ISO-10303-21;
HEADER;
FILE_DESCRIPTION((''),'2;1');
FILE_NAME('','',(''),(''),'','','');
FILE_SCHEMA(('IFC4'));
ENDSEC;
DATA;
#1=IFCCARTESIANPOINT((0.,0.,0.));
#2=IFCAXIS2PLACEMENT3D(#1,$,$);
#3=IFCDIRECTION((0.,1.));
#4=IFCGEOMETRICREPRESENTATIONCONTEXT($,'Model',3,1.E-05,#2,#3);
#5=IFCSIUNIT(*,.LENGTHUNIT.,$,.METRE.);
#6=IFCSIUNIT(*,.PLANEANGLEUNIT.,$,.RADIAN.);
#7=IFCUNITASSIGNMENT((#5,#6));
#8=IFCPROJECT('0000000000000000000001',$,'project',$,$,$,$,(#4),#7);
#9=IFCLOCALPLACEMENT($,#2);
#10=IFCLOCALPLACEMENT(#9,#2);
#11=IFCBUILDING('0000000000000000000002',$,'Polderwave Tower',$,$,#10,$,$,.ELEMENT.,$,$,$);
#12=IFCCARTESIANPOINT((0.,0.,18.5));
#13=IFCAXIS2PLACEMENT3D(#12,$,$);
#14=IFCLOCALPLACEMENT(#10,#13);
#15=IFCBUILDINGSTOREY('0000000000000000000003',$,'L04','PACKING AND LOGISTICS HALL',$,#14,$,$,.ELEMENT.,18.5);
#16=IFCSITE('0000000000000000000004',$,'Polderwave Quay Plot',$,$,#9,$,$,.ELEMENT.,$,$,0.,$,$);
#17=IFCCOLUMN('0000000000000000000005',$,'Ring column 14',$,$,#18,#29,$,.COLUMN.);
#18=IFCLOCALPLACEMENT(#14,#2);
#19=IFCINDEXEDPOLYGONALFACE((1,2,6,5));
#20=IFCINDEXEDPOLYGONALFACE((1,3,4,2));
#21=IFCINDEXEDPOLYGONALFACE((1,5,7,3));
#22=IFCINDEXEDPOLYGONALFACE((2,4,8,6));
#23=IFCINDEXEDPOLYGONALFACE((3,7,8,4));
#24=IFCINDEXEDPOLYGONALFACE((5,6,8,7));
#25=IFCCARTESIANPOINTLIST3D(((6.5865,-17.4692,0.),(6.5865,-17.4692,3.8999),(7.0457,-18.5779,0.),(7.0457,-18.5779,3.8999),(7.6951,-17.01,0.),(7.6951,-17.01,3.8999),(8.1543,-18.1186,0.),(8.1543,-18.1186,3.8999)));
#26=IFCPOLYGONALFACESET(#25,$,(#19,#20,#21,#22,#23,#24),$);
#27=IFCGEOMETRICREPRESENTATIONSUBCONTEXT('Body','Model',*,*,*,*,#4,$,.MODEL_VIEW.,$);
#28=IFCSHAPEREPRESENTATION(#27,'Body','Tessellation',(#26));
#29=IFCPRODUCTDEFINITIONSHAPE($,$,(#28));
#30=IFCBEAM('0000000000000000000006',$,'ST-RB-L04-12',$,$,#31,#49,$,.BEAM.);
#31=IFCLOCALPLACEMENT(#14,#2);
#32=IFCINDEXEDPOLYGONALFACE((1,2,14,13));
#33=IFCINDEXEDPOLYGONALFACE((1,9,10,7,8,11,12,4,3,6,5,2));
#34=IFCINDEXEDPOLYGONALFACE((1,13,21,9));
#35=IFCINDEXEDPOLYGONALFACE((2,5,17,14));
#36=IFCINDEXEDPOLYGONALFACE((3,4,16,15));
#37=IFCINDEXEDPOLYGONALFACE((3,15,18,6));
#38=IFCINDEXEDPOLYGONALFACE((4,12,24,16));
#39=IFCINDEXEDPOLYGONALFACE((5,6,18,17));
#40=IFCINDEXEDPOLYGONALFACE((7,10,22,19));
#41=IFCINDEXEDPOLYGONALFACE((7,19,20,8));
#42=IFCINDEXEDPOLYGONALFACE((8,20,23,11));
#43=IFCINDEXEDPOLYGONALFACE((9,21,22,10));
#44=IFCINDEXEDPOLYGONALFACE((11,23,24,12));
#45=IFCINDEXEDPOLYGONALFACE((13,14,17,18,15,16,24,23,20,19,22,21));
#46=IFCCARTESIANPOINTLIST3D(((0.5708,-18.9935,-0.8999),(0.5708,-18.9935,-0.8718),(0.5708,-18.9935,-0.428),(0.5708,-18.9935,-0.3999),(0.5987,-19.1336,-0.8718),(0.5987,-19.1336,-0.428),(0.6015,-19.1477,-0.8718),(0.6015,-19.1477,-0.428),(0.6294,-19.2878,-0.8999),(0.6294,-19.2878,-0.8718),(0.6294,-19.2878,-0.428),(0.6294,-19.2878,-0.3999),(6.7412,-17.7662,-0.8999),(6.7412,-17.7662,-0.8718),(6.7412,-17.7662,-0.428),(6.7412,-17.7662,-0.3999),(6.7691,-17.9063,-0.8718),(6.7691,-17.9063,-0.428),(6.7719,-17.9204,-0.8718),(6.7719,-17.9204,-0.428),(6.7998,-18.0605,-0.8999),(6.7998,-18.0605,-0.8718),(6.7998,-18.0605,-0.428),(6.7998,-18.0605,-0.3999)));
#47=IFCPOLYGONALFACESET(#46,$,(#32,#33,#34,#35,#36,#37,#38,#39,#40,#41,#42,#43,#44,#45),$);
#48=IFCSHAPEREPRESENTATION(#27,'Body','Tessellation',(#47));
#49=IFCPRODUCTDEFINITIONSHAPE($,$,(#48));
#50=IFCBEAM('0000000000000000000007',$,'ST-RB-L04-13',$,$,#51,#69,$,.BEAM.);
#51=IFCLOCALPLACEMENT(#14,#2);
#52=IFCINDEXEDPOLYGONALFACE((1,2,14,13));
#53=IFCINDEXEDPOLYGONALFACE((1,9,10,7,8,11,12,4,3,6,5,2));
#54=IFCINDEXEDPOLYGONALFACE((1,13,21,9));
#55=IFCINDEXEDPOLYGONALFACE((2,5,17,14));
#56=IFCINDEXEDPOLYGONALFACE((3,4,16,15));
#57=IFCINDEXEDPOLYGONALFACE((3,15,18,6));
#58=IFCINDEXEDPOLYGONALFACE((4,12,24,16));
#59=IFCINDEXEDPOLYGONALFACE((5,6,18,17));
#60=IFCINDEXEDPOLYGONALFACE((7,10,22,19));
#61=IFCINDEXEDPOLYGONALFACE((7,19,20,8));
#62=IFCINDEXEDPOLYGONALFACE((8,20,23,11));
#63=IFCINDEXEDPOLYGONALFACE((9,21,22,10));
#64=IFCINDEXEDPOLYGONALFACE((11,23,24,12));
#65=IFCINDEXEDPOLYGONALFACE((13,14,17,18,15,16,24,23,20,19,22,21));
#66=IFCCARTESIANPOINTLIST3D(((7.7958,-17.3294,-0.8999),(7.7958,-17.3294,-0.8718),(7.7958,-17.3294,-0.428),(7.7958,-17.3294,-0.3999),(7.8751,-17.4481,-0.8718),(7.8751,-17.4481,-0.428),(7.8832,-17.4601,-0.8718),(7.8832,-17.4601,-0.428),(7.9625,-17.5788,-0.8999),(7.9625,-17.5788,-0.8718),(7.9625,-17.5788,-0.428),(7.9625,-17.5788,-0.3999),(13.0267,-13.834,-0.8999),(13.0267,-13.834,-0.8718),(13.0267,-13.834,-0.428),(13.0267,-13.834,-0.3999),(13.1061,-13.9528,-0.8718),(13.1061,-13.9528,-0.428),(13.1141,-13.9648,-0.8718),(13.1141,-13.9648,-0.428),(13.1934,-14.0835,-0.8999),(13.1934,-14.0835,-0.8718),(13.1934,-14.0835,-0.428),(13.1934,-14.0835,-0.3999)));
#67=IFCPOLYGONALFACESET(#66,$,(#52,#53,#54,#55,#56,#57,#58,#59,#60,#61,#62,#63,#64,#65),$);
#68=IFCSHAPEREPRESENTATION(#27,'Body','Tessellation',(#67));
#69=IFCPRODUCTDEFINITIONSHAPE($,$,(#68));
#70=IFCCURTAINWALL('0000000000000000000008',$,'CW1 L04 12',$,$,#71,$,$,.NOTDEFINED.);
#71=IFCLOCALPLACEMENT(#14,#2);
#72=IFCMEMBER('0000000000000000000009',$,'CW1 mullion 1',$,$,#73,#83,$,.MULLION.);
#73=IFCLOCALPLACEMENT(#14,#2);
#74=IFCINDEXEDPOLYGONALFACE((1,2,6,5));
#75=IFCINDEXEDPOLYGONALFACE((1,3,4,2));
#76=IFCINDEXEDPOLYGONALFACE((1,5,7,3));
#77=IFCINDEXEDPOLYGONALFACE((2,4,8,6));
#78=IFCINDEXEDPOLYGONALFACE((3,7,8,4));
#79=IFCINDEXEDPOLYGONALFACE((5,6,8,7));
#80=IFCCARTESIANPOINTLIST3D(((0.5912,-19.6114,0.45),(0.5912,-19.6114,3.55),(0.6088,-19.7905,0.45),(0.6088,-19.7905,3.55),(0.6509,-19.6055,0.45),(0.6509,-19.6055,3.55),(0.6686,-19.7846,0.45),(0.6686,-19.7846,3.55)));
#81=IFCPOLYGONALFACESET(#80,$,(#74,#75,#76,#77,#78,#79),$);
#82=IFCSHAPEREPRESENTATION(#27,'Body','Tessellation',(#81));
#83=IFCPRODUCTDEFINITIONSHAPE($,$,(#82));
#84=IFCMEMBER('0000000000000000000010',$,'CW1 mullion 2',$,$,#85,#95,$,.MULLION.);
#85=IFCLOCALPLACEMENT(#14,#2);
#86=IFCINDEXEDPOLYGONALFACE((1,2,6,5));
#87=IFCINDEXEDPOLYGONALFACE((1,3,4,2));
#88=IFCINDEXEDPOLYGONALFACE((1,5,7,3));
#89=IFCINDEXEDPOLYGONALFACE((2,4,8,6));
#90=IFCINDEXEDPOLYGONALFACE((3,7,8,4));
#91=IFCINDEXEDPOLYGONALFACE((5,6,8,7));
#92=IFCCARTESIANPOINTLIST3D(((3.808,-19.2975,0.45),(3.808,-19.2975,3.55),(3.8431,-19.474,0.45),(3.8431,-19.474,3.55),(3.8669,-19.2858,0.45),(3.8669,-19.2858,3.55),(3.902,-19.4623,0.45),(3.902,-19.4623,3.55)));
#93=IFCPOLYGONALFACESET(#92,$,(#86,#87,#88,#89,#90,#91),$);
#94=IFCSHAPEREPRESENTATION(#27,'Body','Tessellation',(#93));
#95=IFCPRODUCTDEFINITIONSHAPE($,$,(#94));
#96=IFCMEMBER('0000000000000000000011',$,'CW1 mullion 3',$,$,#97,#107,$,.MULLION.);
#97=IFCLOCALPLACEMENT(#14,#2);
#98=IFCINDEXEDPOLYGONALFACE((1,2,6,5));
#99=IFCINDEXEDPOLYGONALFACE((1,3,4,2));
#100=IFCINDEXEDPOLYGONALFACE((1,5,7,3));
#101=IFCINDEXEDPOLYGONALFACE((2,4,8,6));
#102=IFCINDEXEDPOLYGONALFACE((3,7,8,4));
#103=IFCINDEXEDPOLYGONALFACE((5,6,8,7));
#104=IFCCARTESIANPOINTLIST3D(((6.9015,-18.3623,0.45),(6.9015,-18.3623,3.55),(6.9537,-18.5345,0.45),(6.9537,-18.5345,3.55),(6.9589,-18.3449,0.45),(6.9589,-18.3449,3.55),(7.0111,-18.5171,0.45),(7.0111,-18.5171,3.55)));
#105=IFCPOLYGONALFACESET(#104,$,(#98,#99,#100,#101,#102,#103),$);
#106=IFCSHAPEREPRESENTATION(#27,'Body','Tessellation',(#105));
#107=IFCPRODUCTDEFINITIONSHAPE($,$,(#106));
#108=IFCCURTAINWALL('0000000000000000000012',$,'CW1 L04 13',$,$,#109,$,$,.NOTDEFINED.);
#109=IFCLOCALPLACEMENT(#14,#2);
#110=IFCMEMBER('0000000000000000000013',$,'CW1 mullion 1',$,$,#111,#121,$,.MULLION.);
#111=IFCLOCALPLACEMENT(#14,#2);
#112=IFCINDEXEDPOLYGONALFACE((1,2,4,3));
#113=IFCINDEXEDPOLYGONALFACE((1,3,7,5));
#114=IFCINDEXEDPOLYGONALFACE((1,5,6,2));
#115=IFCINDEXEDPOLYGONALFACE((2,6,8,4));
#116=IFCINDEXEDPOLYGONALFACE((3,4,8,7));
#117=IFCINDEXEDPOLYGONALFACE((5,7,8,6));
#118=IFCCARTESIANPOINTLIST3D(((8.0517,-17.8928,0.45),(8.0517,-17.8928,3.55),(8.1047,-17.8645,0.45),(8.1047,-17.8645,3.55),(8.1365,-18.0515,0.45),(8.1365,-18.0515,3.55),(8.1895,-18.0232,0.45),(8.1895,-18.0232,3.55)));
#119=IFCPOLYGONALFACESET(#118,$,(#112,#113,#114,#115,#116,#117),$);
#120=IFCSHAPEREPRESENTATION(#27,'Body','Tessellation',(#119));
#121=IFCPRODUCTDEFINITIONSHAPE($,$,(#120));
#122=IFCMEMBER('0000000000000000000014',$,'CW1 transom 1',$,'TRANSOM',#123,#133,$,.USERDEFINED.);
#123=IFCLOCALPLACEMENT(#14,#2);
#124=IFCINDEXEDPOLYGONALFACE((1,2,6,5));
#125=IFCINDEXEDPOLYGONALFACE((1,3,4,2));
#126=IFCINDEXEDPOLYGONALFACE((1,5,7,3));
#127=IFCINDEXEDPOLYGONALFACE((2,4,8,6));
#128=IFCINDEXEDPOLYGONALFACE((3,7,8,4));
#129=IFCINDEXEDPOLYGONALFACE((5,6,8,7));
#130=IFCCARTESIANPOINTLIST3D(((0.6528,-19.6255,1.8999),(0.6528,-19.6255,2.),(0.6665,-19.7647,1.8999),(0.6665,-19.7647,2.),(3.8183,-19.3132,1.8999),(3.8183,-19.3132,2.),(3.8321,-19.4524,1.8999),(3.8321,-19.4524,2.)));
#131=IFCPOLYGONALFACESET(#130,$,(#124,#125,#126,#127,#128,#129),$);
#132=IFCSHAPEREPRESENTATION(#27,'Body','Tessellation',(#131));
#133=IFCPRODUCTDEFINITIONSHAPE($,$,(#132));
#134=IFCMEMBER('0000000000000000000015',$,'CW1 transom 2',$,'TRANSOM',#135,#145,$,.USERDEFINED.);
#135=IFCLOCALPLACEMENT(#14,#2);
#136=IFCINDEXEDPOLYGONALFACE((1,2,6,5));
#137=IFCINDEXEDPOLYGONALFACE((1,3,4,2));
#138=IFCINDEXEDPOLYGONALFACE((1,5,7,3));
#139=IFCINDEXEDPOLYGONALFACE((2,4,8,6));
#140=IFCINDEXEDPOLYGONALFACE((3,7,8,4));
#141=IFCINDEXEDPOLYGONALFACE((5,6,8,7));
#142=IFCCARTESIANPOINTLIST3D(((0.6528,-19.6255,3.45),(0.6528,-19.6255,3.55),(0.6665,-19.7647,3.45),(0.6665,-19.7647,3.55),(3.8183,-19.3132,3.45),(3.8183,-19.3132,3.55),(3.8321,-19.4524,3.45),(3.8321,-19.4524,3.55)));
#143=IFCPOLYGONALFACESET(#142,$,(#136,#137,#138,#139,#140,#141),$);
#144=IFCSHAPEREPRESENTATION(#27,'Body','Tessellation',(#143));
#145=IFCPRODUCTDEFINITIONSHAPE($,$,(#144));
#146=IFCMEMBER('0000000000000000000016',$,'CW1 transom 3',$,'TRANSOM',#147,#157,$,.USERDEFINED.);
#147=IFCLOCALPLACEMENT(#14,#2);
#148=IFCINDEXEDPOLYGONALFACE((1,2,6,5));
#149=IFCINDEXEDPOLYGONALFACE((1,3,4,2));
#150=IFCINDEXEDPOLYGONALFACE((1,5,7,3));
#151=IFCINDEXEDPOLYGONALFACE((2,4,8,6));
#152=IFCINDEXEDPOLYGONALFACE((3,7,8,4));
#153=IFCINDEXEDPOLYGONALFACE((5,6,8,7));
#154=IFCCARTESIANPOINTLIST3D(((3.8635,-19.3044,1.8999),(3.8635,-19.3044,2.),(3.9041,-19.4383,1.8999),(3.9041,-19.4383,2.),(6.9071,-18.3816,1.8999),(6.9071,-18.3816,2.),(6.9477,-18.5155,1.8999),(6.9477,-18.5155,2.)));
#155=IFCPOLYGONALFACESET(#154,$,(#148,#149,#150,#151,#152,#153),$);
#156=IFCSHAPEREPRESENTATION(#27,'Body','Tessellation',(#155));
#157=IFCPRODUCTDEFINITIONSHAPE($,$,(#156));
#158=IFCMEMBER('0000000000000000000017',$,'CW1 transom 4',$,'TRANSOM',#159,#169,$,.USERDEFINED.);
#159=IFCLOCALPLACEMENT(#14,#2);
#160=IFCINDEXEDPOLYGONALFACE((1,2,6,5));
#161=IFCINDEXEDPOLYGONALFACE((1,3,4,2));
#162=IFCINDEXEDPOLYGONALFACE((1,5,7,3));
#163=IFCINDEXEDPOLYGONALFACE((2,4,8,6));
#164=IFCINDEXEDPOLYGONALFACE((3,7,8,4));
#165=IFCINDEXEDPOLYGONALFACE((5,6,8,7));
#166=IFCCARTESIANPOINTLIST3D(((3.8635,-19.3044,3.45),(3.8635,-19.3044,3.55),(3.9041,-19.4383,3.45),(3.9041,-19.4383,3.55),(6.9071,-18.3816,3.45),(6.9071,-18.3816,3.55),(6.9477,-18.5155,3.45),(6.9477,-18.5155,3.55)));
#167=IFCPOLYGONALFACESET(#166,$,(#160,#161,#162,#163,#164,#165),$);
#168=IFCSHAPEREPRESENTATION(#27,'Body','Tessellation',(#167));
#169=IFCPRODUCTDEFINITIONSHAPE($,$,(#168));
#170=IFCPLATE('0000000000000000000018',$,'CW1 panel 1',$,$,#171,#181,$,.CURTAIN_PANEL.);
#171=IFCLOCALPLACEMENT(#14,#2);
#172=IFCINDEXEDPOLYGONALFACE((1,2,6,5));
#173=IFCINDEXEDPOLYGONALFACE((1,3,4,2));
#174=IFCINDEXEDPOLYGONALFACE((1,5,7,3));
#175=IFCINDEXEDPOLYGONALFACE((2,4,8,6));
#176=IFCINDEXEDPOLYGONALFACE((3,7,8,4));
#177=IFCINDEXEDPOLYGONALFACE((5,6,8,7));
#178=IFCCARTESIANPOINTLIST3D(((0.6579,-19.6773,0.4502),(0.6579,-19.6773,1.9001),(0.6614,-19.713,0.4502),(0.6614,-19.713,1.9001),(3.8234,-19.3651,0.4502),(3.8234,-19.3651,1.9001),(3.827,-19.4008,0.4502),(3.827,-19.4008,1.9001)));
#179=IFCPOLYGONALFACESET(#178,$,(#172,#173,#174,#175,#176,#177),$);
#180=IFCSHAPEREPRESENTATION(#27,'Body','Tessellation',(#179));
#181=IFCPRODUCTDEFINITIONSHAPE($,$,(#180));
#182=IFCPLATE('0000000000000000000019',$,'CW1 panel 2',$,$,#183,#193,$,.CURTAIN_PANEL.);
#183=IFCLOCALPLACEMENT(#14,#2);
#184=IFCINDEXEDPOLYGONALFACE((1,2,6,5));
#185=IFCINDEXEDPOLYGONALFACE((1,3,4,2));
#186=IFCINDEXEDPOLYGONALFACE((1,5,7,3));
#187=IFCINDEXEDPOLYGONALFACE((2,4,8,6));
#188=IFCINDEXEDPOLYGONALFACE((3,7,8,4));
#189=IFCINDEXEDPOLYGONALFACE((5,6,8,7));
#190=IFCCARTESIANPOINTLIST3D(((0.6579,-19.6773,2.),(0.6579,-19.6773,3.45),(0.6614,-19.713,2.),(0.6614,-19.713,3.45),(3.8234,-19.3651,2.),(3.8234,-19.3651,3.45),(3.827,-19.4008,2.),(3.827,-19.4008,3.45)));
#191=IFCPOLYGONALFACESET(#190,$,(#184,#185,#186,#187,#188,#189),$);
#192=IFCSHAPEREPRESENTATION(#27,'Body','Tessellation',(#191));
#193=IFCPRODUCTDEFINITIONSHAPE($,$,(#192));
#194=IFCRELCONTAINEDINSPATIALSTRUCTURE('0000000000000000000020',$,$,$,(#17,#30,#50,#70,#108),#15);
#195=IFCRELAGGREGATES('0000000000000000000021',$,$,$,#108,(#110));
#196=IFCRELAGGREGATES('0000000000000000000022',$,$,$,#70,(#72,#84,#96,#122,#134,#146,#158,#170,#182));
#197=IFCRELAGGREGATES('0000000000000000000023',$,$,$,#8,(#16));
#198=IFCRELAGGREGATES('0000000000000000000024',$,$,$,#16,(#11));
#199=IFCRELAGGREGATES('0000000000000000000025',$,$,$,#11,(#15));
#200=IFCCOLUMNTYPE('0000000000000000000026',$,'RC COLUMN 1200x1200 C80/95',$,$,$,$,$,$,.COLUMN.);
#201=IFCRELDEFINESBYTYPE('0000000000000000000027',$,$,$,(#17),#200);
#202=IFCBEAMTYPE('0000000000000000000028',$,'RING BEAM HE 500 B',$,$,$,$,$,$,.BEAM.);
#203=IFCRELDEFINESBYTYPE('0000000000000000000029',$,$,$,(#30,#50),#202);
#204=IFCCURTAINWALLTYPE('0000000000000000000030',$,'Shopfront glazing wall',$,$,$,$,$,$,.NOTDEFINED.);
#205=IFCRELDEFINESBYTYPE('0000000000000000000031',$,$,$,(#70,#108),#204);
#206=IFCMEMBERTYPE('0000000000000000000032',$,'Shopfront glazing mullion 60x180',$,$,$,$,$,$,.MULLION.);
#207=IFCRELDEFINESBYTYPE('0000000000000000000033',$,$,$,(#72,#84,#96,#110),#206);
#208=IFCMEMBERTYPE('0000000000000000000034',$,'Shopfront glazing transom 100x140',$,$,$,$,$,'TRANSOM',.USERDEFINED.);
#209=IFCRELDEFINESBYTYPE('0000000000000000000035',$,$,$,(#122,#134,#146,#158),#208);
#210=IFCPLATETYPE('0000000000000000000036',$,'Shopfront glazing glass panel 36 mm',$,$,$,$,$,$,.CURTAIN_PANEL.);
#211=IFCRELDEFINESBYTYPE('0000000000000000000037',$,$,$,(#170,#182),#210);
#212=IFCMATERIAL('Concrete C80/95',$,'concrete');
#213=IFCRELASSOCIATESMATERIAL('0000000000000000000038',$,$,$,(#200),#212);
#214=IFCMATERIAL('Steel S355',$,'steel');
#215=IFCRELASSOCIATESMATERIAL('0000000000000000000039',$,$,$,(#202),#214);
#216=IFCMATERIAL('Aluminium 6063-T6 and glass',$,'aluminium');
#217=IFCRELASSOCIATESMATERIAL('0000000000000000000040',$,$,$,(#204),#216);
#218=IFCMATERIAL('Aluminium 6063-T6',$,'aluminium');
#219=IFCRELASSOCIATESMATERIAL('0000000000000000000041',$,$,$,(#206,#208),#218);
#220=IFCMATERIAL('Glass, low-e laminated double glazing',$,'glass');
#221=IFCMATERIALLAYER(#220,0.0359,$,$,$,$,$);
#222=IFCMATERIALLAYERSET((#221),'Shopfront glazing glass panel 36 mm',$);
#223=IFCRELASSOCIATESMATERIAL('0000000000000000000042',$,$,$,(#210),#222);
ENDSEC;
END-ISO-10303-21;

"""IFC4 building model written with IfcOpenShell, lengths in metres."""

from ifc_helpers import new_model, si_unit, direction, frame, origin, origin_2d, place, context, subcontext, project, spatial, rectangle, i_section, extrude, material, layer, layer_set, material_profile, profile_set, type_object, element, aggregate, save


model = new_model("IFC4")

# Units and contexts
model_context = context("Model", 3, precision=1e-05, world=origin(), true_north=direction((0.0, 1.0)))
body_context = subcontext(model_context, "Body", "Model", "MODEL_VIEW")
ifc_project = project(units=[si_unit("LENGTHUNIT", "METRE"), si_unit("PLANEANGLEUNIT", "RADIAN")], contexts=[model_context])

# Site, building, storey
site_placement = place(None, origin())
site = spatial("IfcSite", under=ifc_project, at=site_placement, Name="Polderwave Quay Plot", CompositionType="ELEMENT", RefElevation=0.0)
building_placement = place(site_placement, origin())
building = spatial("IfcBuilding", under=site, at=building_placement, Name="Polderwave Tower", CompositionType="ELEMENT")
storey_placement = place(building_placement, frame((0.0, 0.0, 18.5)))
storey = spatial("IfcBuildingStorey", under=building, at=storey_placement, Name="L04", Description="PACKING AND LOGISTICS HALL", CompositionType="ELEMENT", Elevation=18.5)

# Column
ifc_material_1 = material(Name="Concrete C80/95", Category="concrete")
ifc_material_profile_1 = material_profile(ifc_material_1, rectangle(XDim=1.2, YDim=1.2, at=origin_2d()), Name="RC 1200x1200")
ifc_profile_set_1 = profile_set([ifc_material_profile_1], Name="Concrete C80/95")
column_type = type_object("IfcColumnType", Name="RC COLUMN 1200x1200 C80/95", PredefinedType="COLUMN", material=ifc_profile_set_1)
column_placement = place(storey_placement, frame((7.3704, -17.7939, 0.0), z_axis=(0.0, 0.0, 1.0), x_axis=(0.382683, -0.92388, 0.0)))
element("IfcColumn", 1, at=column_placement, inside=storey, type_object=column_type, Name="Ring column 14", PredefinedType="COLUMN", context=body_context, shape_type="SweptSolid", body=[
    extrude(rectangle(XDim=1.2, YDim=1.2, at=origin_2d()), origin(), (0.0, 0.0, 1.0), 3.8999),
])

# Beams
ifc_material_2 = material(Name="Steel S355", Category="steel")
ifc_material_profile_2 = material_profile(ifc_material_2, i_section(OverallWidth=0.3, OverallDepth=0.5, WebThickness=0.0144, FlangeThickness=0.0281, at=origin_2d()), Name="HE 500 B")
ifc_profile_set_2 = profile_set([ifc_material_profile_2], Name="Steel S355")
beam_type = type_object("IfcBeamType", Name="RING BEAM HE 500 B", PredefinedType="BEAM", material=ifc_profile_set_2)
for number, where, z_axis, x_axis, name in (
    (2, (0.6001, -19.1406, -0.6499), (0.980788, 0.195079, 0.0), (-0.195079, 0.980788, 0.0), "ST-RB-L04-12"),
    (3, (7.8792, -17.4541, -0.6499), (0.831459, 0.555586, 0.0), (-0.555586, 0.831459, 0.0), "ST-RB-L04-13"),
):
    element("IfcBeam", number, at=place(storey_placement, frame(where, z_axis=z_axis, x_axis=x_axis)), inside=storey, type_object=beam_type, Name=name, PredefinedType="BEAM", context=body_context, shape_type="SweptSolid", body=[
        extrude(i_section(OverallWidth=0.3, OverallDepth=0.5, WebThickness=0.0144, FlangeThickness=0.0281, at=origin_2d()), origin(), (0.0, 0.0, 1.0), 6.2913),
    ])

# Curtain wall, members
ifc_material_3 = material(Name="Aluminium 6063-T6 and glass", Category="aluminium")
curtain_wall_type = type_object("IfcCurtainWallType", Name="Shopfront glazing wall", PredefinedType="NOTDEFINED", material=ifc_material_3)
curtain_wall_1_placement = place(storey_placement, origin())
curtain_wall_1 = element("IfcCurtainWall", 4, at=curtain_wall_1_placement, inside=storey, type_object=curtain_wall_type, Name="CW1 L04 12", PredefinedType="NOTDEFINED")
ifc_material_4 = material(Name="Aluminium 6063-T6", Category="aluminium")
ifc_material_profile_3 = material_profile(ifc_material_4, rectangle(XDim=0.1799, YDim=0.0601, at=origin_2d()), Name="AL 60x180")
ifc_profile_set_3 = profile_set([ifc_material_profile_3], Name="Aluminium 6063-T6")
member_type_1 = type_object("IfcMemberType", Name="Shopfront glazing mullion 60x180", PredefinedType="MULLION", material=ifc_profile_set_3)
member_1_placement = place(storey_placement, frame((0.6299, -19.698, 0.45), z_axis=(0.0, 0.0, 1.0), x_axis=(-0.098142, 0.995172, 0.0)))
member_1 = element("IfcMember", 5, at=member_1_placement, type_object=member_type_1, Name="CW1 mullion 1", PredefinedType="MULLION", context=body_context, shape_type="SweptSolid", body=[
    extrude(rectangle(XDim=0.1799, YDim=0.0601, at=origin_2d()), origin(), (0.0, 0.0, 1.0), 3.1001),
])
member_2_placement = place(storey_placement, frame((3.855, -19.3799, 0.45), z_axis=(0.0, 0.0, 1.0), x_axis=(-0.195083, 0.980787, 0.0)))
member_2 = element("IfcMember", 6, at=member_2_placement, type_object=member_type_1, Name="CW1 mullion 2", PredefinedType="MULLION", context=body_context, shape_type="SweptSolid", body=[
    extrude(rectangle(XDim=0.1799, YDim=0.0601, at=origin_2d()), origin(), (0.0, 0.0, 1.0), 3.1001),
])
member_3_placement = place(storey_placement, frame((6.9563, -18.4397, 0.45), z_axis=(0.0, 0.0, 1.0), x_axis=(-0.290151, 0.956981, 0.0)))
member_3 = element("IfcMember", 7, at=member_3_placement, type_object=member_type_1, Name="CW1 mullion 3", PredefinedType="MULLION", context=body_context, shape_type="SweptSolid", body=[
    extrude(rectangle(XDim=0.1799, YDim=0.0601, at=origin_2d()), origin(), (0.0, 0.0, 1.0), 3.1001),
])

# Curtain wall, member
curtain_wall_2_placement = place(storey_placement, origin())
curtain_wall_2 = element("IfcCurtainWall", 8, at=curtain_wall_2_placement, inside=storey, type_object=curtain_wall_type, Name="CW1 L04 13", PredefinedType="NOTDEFINED")
member_4_placement = place(storey_placement, frame((8.1206, -17.958, 0.45), z_axis=(0.0, 0.0, 1.0), x_axis=(-0.471509, 0.881861, 0.0)))
member_4 = element("IfcMember", 9, at=member_4_placement, type_object=member_type_1, Name="CW1 mullion 1", PredefinedType="MULLION", context=body_context, shape_type="SweptSolid", body=[
    extrude(rectangle(XDim=0.1799, YDim=0.0601, at=origin_2d()), origin(), (0.0, 0.0, 1.0), 3.1001),
])
aggregate(curtain_wall_2, [member_4])

# Members
ifc_material_profile_4 = material_profile(ifc_material_4, rectangle(XDim=0.1399, YDim=0.1001, at=origin_2d()), Name="AL 100x140")
ifc_profile_set_4 = profile_set([ifc_material_profile_4], Name="Aluminium 6063-T6")
member_type_2 = type_object("IfcMemberType", Name="Shopfront glazing transom 100x140", ElementType="TRANSOM", PredefinedType="USERDEFINED", material=ifc_profile_set_4)
member_5_placement = place(storey_placement, frame((0.6597, -19.6951, 1.95), z_axis=(0.99517, 0.098166, 0.0), x_axis=(-0.098166, 0.99517, 0.0)))
member_5 = element("IfcMember", 10, at=member_5_placement, type_object=member_type_2, Name="CW1 transom 1", ObjectType="TRANSOM", PredefinedType="USERDEFINED", context=body_context, shape_type="SweptSolid", body=[
    extrude(rectangle(XDim=0.1399, YDim=0.1001, at=origin_2d()), origin(), (0.0, 0.0, 1.0), 3.1809),
])
member_6_placement = place(storey_placement, frame((0.6597, -19.6951, 3.5), z_axis=(0.99517, 0.098166, 0.0), x_axis=(-0.098166, 0.99517, 0.0)))
member_6 = element("IfcMember", 11, at=member_6_placement, type_object=member_type_2, Name="CW1 transom 2", ObjectType="TRANSOM", PredefinedType="USERDEFINED", context=body_context, shape_type="SweptSolid", body=[
    extrude(rectangle(XDim=0.1399, YDim=0.1001, at=origin_2d()), origin(), (0.0, 0.0, 1.0), 3.1809),
])
member_7_placement = place(storey_placement, frame((3.8838, -19.3713, 1.95), z_axis=(0.956979, 0.290157, 0.0), x_axis=(-0.290157, 0.956979, 0.0)))
member_7 = element("IfcMember", 12, at=member_7_placement, type_object=member_type_2, Name="CW1 transom 3", ObjectType="TRANSOM", PredefinedType="USERDEFINED", context=body_context, shape_type="SweptSolid", body=[
    extrude(rectangle(XDim=0.1399, YDim=0.1001, at=origin_2d()), origin(), (0.0, 0.0, 1.0), 3.1804),
])
member_8_placement = place(storey_placement, frame((3.8838, -19.3713, 3.5), z_axis=(0.956979, 0.290157, 0.0), x_axis=(-0.290157, 0.956979, 0.0)))
member_8 = element("IfcMember", 13, at=member_8_placement, type_object=member_type_2, Name="CW1 transom 4", ObjectType="TRANSOM", PredefinedType="USERDEFINED", context=body_context, shape_type="SweptSolid", body=[
    extrude(rectangle(XDim=0.1399, YDim=0.1001, at=origin_2d()), origin(), (0.0, 0.0, 1.0), 3.1804),
])

# Plates
ifc_material_5 = material(Name="Glass, low-e laminated double glazing", Category="glass")
ifc_layer_1 = layer(ifc_material_5, 0.0359)
ifc_layer_set_1 = layer_set([ifc_layer_1], Name="Shopfront glazing glass panel 36 mm")
plate_type = type_object("IfcPlateType", Name="Shopfront glazing glass panel 36 mm", PredefinedType="CURTAIN_PANEL", material=ifc_layer_set_1)
plate_1_placement = place(storey_placement, frame((2.2424, -19.5391, 0.4502), z_axis=(0.0, 0.0, 1.0), x_axis=(0.995172, 0.098142, 0.0)))
plate_1 = element("IfcPlate", 14, at=plate_1_placement, type_object=plate_type, Name="CW1 panel 1", PredefinedType="CURTAIN_PANEL", context=body_context, shape_type="SweptSolid", body=[
    extrude(rectangle(XDim=3.1809, YDim=0.0359, at=origin_2d()), origin(), (0.0, 0.0, 1.0), 1.45),
])
plate_2_placement = place(storey_placement, frame((2.2424, -19.5391, 2.0), z_axis=(0.0, 0.0, 1.0), x_axis=(0.995172, 0.098142, 0.0)))
plate_2 = element("IfcPlate", 15, at=plate_2_placement, type_object=plate_type, Name="CW1 panel 2", PredefinedType="CURTAIN_PANEL", context=body_context, shape_type="SweptSolid", body=[
    extrude(rectangle(XDim=3.1809, YDim=0.0359, at=origin_2d()), origin(), (0.0, 0.0, 1.0), 1.45),
])
aggregate(curtain_wall_1, [member_1, member_2, member_3, member_5, member_6, member_7, member_8, plate_1, plate_2])

save(model, "model.ifc")
